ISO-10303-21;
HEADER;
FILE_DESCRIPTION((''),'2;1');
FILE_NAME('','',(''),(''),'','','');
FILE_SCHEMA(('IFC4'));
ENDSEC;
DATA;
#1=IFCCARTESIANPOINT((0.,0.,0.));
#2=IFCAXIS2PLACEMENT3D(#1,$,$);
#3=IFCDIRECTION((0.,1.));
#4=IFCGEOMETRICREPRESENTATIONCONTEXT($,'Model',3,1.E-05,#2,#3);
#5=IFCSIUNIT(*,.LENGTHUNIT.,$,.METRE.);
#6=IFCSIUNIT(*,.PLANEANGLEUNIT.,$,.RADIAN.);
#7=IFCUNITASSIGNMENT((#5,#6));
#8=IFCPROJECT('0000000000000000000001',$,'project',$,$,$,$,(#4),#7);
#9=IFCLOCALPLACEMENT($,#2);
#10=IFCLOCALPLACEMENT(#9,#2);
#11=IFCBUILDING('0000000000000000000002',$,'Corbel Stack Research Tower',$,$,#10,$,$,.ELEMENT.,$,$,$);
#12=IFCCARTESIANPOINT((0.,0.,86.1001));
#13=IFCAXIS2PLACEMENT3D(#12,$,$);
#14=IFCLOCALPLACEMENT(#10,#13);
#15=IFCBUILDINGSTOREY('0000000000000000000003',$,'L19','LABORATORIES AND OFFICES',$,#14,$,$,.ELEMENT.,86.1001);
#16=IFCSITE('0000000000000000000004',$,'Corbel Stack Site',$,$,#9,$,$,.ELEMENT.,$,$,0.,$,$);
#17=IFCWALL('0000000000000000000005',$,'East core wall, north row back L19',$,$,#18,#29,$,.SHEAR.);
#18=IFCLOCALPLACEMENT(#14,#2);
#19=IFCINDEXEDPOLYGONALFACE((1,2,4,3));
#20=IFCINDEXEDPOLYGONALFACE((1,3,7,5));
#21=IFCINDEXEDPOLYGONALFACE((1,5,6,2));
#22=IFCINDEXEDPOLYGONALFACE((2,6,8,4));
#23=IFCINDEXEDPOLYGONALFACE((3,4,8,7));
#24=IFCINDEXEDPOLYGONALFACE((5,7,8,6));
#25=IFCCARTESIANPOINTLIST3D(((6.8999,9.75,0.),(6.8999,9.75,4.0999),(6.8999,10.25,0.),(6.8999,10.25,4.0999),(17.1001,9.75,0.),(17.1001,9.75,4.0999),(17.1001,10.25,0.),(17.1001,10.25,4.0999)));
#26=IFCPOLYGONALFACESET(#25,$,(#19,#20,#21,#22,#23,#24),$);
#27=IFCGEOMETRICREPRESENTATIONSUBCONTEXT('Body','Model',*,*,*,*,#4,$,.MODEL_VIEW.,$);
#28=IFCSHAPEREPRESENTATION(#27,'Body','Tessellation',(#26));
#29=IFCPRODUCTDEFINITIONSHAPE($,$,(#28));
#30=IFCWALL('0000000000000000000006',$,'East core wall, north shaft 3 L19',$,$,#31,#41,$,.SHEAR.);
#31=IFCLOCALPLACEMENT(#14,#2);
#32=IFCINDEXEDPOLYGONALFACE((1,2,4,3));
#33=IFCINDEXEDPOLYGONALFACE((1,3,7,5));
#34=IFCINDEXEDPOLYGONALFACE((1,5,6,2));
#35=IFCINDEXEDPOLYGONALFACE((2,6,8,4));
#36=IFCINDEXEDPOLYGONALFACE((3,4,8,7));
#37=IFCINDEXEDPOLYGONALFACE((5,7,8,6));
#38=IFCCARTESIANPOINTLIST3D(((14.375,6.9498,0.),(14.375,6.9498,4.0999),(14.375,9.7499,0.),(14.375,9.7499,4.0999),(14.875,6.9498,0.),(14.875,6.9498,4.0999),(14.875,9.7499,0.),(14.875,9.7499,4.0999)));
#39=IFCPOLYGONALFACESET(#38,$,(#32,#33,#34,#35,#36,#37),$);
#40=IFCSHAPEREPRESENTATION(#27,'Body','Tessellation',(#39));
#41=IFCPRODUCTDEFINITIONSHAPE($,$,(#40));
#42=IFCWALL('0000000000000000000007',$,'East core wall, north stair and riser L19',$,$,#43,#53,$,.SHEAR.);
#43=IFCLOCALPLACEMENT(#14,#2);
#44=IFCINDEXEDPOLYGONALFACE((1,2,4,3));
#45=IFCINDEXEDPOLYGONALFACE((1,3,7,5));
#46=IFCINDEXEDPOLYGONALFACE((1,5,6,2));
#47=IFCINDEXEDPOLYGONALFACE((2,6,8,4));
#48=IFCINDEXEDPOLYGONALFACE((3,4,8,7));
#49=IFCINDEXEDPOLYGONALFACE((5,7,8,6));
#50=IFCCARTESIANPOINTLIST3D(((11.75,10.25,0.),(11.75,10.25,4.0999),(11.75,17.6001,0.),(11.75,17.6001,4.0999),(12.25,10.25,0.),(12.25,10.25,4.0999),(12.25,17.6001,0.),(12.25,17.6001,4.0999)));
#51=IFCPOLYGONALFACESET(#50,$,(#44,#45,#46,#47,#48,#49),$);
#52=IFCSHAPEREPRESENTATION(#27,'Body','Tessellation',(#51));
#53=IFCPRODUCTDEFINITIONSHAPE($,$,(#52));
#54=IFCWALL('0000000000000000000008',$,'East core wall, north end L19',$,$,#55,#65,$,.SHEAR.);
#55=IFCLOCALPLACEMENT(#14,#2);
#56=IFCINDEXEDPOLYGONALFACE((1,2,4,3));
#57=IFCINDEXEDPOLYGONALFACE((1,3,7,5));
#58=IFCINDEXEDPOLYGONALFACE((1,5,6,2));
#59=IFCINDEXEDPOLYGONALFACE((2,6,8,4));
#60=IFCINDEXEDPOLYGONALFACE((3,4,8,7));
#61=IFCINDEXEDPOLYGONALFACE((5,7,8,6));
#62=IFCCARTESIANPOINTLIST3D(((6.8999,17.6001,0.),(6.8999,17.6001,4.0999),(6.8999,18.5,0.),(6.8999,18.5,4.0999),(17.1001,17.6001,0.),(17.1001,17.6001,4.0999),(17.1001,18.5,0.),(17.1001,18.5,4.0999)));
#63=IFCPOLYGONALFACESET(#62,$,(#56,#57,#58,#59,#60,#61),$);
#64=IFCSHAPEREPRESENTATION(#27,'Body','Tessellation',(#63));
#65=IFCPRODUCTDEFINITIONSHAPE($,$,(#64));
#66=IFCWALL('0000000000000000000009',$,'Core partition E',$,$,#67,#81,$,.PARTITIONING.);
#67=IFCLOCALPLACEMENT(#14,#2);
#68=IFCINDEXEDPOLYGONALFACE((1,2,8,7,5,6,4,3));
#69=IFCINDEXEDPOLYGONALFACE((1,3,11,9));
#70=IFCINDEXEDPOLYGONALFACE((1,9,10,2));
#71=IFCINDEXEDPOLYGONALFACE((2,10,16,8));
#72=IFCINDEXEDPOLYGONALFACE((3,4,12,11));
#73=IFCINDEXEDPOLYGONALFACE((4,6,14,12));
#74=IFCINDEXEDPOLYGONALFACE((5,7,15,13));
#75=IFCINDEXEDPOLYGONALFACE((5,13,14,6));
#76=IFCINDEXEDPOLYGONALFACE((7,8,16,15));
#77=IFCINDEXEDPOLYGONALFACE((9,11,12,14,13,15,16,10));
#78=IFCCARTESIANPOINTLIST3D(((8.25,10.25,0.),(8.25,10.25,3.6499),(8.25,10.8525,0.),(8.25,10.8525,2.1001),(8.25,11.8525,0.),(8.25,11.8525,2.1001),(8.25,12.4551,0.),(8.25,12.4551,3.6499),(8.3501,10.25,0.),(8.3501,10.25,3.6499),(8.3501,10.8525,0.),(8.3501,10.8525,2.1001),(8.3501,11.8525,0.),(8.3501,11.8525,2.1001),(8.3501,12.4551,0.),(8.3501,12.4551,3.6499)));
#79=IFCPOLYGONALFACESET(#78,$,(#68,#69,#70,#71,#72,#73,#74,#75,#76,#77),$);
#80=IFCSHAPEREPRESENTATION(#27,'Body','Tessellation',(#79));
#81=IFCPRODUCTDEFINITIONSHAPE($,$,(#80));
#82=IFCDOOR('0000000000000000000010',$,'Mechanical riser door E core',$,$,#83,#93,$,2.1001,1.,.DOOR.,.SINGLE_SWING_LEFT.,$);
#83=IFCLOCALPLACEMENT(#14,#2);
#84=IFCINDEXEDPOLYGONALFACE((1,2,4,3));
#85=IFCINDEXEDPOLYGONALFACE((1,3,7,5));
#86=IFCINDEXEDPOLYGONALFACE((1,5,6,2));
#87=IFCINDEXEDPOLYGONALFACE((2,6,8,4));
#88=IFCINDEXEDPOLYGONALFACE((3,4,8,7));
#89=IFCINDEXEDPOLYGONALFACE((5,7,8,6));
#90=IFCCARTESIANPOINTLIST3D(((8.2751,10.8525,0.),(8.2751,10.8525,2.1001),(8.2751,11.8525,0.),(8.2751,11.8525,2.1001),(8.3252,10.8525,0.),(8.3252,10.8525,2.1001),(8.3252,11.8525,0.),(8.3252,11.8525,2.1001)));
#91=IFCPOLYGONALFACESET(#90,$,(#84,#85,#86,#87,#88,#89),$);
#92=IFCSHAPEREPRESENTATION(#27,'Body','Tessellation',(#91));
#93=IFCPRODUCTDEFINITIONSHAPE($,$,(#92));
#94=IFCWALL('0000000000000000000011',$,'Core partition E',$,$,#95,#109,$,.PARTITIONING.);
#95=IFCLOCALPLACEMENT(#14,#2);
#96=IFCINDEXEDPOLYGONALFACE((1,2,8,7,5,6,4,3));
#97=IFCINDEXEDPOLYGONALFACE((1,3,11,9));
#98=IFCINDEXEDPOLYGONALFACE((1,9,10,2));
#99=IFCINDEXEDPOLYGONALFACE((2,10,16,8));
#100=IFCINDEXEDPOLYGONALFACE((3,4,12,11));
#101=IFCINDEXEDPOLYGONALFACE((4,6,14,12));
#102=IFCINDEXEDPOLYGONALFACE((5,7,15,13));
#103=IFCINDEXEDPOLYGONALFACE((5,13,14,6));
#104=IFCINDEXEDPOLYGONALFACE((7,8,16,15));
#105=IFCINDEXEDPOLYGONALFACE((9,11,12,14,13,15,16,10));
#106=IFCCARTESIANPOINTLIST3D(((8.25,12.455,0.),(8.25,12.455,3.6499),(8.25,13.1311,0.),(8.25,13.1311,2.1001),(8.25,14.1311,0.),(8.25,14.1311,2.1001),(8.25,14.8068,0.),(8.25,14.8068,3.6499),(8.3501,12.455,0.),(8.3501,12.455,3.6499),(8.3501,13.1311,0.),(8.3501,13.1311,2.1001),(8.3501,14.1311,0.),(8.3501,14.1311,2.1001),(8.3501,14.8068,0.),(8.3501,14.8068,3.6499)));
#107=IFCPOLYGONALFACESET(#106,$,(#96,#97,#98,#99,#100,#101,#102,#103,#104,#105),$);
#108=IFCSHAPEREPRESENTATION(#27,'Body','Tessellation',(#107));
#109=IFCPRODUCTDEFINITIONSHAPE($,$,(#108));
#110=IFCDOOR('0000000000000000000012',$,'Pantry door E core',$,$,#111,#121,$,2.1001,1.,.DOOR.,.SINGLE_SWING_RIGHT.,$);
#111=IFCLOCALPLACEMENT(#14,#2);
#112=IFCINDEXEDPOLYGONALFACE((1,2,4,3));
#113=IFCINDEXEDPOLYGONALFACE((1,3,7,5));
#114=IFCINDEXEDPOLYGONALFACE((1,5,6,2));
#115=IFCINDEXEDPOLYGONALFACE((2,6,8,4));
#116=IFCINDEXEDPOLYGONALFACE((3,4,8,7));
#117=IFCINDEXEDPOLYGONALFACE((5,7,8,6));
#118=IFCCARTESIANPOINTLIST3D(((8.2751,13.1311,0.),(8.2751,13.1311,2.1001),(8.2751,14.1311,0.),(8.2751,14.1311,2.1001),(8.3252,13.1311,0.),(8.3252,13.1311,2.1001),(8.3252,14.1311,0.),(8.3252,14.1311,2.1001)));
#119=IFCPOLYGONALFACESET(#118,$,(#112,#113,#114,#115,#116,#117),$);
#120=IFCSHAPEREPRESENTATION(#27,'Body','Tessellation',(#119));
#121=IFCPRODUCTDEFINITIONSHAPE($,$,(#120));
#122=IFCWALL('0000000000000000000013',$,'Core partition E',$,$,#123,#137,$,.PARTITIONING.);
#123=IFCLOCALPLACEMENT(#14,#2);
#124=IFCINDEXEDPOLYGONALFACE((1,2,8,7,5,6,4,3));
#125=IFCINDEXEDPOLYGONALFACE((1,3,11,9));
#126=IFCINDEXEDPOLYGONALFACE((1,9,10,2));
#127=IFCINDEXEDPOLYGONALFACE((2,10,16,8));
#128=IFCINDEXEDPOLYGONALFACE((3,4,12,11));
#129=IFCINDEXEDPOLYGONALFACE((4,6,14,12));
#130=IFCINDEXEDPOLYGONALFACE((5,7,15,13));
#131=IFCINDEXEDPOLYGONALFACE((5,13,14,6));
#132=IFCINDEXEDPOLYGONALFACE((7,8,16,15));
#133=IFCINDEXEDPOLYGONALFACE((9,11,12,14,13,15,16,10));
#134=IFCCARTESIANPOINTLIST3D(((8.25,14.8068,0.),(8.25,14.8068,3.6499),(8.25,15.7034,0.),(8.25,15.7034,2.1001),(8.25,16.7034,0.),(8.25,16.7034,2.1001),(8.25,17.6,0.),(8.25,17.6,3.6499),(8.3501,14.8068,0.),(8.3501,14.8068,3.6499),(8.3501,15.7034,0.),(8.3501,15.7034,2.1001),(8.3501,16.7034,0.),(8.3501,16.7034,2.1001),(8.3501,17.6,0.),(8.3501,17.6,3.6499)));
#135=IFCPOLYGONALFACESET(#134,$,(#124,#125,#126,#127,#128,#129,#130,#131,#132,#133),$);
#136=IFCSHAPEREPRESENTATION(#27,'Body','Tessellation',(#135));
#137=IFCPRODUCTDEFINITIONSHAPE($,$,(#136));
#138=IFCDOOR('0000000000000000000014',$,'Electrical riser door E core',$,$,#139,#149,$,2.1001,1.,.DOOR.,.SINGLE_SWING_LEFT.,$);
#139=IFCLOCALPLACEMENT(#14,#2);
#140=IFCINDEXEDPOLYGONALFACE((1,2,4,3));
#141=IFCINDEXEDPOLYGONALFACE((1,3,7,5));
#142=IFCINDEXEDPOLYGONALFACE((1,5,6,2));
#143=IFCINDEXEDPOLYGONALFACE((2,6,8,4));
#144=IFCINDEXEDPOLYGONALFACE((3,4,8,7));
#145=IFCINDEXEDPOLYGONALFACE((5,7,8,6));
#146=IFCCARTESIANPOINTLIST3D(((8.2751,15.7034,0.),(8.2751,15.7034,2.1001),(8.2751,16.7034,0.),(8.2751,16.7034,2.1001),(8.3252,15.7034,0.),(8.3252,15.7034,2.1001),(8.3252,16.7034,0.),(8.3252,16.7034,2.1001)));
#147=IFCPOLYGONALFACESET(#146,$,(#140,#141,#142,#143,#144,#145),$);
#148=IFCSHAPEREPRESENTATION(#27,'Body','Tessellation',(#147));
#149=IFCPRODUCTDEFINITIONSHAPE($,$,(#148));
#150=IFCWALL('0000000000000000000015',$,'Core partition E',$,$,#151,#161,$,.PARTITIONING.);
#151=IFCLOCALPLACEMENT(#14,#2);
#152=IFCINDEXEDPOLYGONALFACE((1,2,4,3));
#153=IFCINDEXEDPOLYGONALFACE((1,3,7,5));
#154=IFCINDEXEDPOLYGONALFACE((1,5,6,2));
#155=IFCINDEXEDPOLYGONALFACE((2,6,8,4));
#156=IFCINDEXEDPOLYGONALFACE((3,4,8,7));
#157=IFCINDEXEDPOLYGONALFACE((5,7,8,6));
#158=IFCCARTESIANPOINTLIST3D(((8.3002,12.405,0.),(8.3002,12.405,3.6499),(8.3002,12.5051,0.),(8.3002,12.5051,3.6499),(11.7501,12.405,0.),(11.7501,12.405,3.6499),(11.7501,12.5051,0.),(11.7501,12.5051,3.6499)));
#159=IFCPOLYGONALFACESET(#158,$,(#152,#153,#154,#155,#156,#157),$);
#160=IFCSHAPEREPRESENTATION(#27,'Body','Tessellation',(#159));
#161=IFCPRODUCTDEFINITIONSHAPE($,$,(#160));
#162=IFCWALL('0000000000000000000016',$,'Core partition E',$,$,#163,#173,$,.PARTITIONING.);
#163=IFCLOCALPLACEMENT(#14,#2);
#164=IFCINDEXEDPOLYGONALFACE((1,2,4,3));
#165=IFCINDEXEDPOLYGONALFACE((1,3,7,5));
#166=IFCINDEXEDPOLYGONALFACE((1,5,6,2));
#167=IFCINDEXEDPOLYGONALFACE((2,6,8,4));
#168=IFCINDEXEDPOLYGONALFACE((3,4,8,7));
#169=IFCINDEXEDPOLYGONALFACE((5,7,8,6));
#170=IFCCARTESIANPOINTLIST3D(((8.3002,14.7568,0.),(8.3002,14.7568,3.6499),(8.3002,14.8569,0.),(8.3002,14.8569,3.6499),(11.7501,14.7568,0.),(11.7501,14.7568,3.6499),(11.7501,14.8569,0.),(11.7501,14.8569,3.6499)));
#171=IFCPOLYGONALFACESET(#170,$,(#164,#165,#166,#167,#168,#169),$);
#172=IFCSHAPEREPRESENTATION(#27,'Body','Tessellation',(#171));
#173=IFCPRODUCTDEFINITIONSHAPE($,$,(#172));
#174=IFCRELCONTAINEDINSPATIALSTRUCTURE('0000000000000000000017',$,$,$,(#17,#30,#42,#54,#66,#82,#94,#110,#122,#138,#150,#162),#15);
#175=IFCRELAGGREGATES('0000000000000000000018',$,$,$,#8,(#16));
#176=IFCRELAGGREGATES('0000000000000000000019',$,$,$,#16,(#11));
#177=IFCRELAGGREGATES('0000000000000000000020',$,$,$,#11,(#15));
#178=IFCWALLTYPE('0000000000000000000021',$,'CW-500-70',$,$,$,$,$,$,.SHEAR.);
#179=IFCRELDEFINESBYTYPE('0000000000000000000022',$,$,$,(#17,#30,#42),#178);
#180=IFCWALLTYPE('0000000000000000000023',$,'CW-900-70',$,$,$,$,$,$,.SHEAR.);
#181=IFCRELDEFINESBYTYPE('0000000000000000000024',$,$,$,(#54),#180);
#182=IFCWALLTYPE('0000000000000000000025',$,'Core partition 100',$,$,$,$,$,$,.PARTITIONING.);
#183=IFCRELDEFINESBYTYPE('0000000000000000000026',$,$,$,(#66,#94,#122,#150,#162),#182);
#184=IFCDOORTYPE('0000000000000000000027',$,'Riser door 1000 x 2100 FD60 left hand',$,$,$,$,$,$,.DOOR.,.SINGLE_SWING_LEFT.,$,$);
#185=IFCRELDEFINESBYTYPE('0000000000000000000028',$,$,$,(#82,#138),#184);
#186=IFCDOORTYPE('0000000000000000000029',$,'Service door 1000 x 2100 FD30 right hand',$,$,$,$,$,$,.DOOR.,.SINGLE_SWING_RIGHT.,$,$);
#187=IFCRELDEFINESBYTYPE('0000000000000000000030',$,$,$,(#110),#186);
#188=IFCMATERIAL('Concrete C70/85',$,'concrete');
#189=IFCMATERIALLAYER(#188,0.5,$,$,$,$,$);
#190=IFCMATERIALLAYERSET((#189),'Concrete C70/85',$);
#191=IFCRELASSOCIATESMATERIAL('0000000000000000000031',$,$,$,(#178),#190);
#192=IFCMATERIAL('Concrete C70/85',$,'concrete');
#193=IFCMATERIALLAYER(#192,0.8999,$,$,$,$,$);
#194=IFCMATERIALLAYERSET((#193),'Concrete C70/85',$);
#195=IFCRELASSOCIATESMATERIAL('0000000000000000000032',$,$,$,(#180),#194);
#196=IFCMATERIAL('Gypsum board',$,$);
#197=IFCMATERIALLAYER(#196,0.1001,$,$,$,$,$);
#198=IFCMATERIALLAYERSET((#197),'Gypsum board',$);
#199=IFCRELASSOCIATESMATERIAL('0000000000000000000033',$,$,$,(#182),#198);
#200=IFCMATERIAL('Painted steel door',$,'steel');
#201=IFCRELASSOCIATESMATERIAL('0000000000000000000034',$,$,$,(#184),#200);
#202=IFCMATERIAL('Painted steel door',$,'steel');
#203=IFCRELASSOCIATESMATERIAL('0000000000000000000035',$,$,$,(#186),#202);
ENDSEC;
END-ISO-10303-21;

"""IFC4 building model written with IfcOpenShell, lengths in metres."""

from ifc_helpers import new_model, si_unit, direction, frame, frame_2d, origin, place, context, subcontext, project, spatial, rectangle, extrude, material, layer, layer_set, type_object, element, fill, save


model = new_model("IFC4")

# Units and contexts
model_context = context("Model", 3, precision=1e-05, world=origin(), true_north=direction((0.0, 1.0)))
body_context = subcontext(model_context, "Body", "Model", "MODEL_VIEW")
ifc_project = project(units=[si_unit("LENGTHUNIT", "METRE"), si_unit("PLANEANGLEUNIT", "RADIAN")], contexts=[model_context])

# Site, building, storey
site_placement = place(None, origin())
site = spatial("IfcSite", under=ifc_project, at=site_placement, Name="Corbel Stack Site", CompositionType="ELEMENT", RefElevation=0.0)
building_placement = place(site_placement, origin())
building = spatial("IfcBuilding", under=site, at=building_placement, Name="Corbel Stack Research Tower", CompositionType="ELEMENT")
storey_placement = place(building_placement, frame((0.0, 0.0, 86.1001)))
storey = spatial("IfcBuildingStorey", under=building, at=storey_placement, Name="L19", Description="LABORATORIES AND OFFICES", CompositionType="ELEMENT", Elevation=86.1001)

# Walls
ifc_material_1 = material(Name="Concrete C70/85", Category="concrete")
ifc_layer_1 = layer(ifc_material_1, 0.5)
ifc_layer_set_1 = layer_set([ifc_layer_1], Name="Concrete C70/85")
wall_type_1 = type_object("IfcWallType", Name="CW-500-70", PredefinedType="SHEAR", material=ifc_layer_set_1)
wall_1_placement = place(storey_placement, frame((6.8999, 10.0, 0.0), z_axis=(0.0, 0.0, 1.0), x_axis=(1.0, 0.0, 0.0)))
element("IfcWall", 1, at=wall_1_placement, inside=storey, type_object=wall_type_1, Name="East core wall, north row back L19", PredefinedType="SHEAR", context=body_context, shape_type="SweptSolid", body=[
    extrude(rectangle(XDim=10.2002, YDim=0.5, at=frame_2d((5.1001, 0.0))), origin(), (0.0, 0.0, 1.0), 4.0999),
])
wall_2_placement = place(storey_placement, frame((14.625, 6.95, 0.0), z_axis=(0.0, 0.0, 1.0), x_axis=(0.0, 1.0, 0.0)))
element("IfcWall", 2, at=wall_2_placement, inside=storey, type_object=wall_type_1, Name="East core wall, north shaft 3 L19", PredefinedType="SHEAR", context=body_context, shape_type="SweptSolid", body=[
    extrude(rectangle(XDim=2.8, YDim=0.5, at=frame_2d((1.3999, 0.0))), origin(), (0.0, 0.0, 1.0), 4.0999),
])
wall_3_placement = place(storey_placement, frame((12.0, 10.25, 0.0), z_axis=(0.0, 0.0, 1.0), x_axis=(0.0, 1.0, 0.0)))
element("IfcWall", 3, at=wall_3_placement, inside=storey, type_object=wall_type_1, Name="East core wall, north stair and riser L19", PredefinedType="SHEAR", context=body_context, shape_type="SweptSolid", body=[
    extrude(rectangle(XDim=7.3501, YDim=0.5, at=frame_2d((3.675, 0.0))), origin(), (0.0, 0.0, 1.0), 4.0999),
])
ifc_material_2 = material(Name="Concrete C70/85", Category="concrete")
ifc_layer_2 = layer(ifc_material_2, 0.8999)
ifc_layer_set_2 = layer_set([ifc_layer_2], Name="Concrete C70/85")
wall_type_2 = type_object("IfcWallType", Name="CW-900-70", PredefinedType="SHEAR", material=ifc_layer_set_2)
wall_4_placement = place(storey_placement, frame((6.8999, 18.05, 0.0), z_axis=(0.0, 0.0, 1.0), x_axis=(1.0, 0.0, 0.0)))
element("IfcWall", 4, at=wall_4_placement, inside=storey, type_object=wall_type_2, Name="East core wall, north end L19", PredefinedType="SHEAR", context=body_context, shape_type="SweptSolid", body=[
    extrude(rectangle(XDim=10.2002, YDim=0.8999, at=frame_2d((5.1001, 0.0))), origin(), (0.0, 0.0, 1.0), 4.0999),
])

# Walls, openings, doors
ifc_material_3 = material(Name="Gypsum board")
ifc_layer_3 = layer(ifc_material_3, 0.1001)
ifc_layer_set_3 = layer_set([ifc_layer_3], Name="Gypsum board")
wall_type_3 = type_object("IfcWallType", Name="Core partition 100", PredefinedType="PARTITIONING", material=ifc_layer_set_3)
wall_5_placement = place(storey_placement, frame((8.3, 10.25, 0.0), z_axis=(0.0, 0.0, 1.0), x_axis=(0.0, 1.0, 0.0)))
wall_5 = element("IfcWall", 5, at=wall_5_placement, inside=storey, type_object=wall_type_3, Name="Core partition E", PredefinedType="PARTITIONING", context=body_context, shape_type="SweptSolid", body=[
    extrude(rectangle(XDim=2.2051, YDim=0.1001, at=frame_2d((1.1025, 0.0))), origin(), (0.0, 0.0, 1.0), 3.6499),
])
opening_1_placement = place(wall_5_placement, frame((0.6025, 0.0, 0.0)))
opening_1 = element("IfcOpeningElement", 6, at=opening_1_placement, cuts=wall_5, PredefinedType="OPENING", context=body_context, shape_type="SweptSolid", body=[
    extrude(rectangle(XDim=1.0, YDim=2.1001, at=frame_2d((0.5, 1.05))), frame((0.0, 0.0601, 0.0), z_axis=(0.0, -1.0, 0.0), x_axis=(1.0, 0.0, 0.0)), (0.0, 0.0, 1.0), 0.1201),
])
ifc_material_4 = material(Name="Painted steel door", Category="steel")
door_type_1 = type_object("IfcDoorType", Name="Riser door 1000 x 2100 FD60 left hand", OperationType="SINGLE_SWING_LEFT", PredefinedType="DOOR", material=ifc_material_4)
door_1_placement = place(opening_1_placement, origin())
door_1 = element("IfcDoor", 7, at=door_1_placement, inside=storey, type_object=door_type_1, Name="Mechanical riser door E core", OperationType="SINGLE_SWING_LEFT", OverallHeight=2.1001, OverallWidth=1.0, PredefinedType="DOOR", context=body_context, shape_type="SweptSolid", body=[
    extrude(rectangle(XDim=1.0, YDim=2.1001, at=frame_2d((0.5, 1.05))), frame((0.0, 0.0249, 0.0), z_axis=(0.0, -1.0, 0.0), x_axis=(1.0, 0.0, 0.0)), (0.0, 0.0, 1.0), 0.05),
])
fill(opening_1, door_1)
wall_6_placement = place(storey_placement, frame((8.3, 12.4551, 0.0), z_axis=(0.0, 0.0, 1.0), x_axis=(0.0, 1.0, 0.0)))
wall_6 = element("IfcWall", 8, at=wall_6_placement, inside=storey, type_object=wall_type_3, Name="Core partition E", PredefinedType="PARTITIONING", context=body_context, shape_type="SweptSolid", body=[
    extrude(rectangle(XDim=2.3518, YDim=0.1001, at=frame_2d((1.1758, 0.0))), origin(), (0.0, 0.0, 1.0), 3.6499),
])
opening_2_placement = place(wall_6_placement, frame((0.676, 0.0, 0.0)))
opening_2 = element("IfcOpeningElement", 9, at=opening_2_placement, cuts=wall_6, PredefinedType="OPENING", context=body_context, shape_type="SweptSolid", body=[
    extrude(rectangle(XDim=1.0, YDim=2.1001, at=frame_2d((0.5, 1.05))), frame((0.0, 0.0601, 0.0), z_axis=(0.0, -1.0, 0.0), x_axis=(1.0, 0.0, 0.0)), (0.0, 0.0, 1.0), 0.1201),
])
ifc_material_5 = material(Name="Painted steel door", Category="steel")
door_type_2 = type_object("IfcDoorType", Name="Service door 1000 x 2100 FD30 right hand", OperationType="SINGLE_SWING_RIGHT", PredefinedType="DOOR", material=ifc_material_5)
door_2_placement = place(opening_2_placement, origin())
door_2 = element("IfcDoor", 10, at=door_2_placement, inside=storey, type_object=door_type_2, Name="Pantry door E core", OperationType="SINGLE_SWING_RIGHT", OverallHeight=2.1001, OverallWidth=1.0, PredefinedType="DOOR", context=body_context, shape_type="SweptSolid", body=[
    extrude(rectangle(XDim=1.0, YDim=2.1001, at=frame_2d((0.5, 1.05))), frame((0.0, 0.0249, 0.0), z_axis=(0.0, -1.0, 0.0), x_axis=(1.0, 0.0, 0.0)), (0.0, 0.0, 1.0), 0.05),
])
fill(opening_2, door_2)
wall_7_placement = place(storey_placement, frame((8.3, 14.8069, 0.0), z_axis=(0.0, 0.0, 1.0), x_axis=(0.0, 1.0, 0.0)))
wall_7 = element("IfcWall", 11, at=wall_7_placement, inside=storey, type_object=wall_type_3, Name="Core partition E", PredefinedType="PARTITIONING", context=body_context, shape_type="SweptSolid", body=[
    extrude(rectangle(XDim=2.7932, YDim=0.1001, at=frame_2d((1.3965, 0.0))), origin(), (0.0, 0.0, 1.0), 3.6499),
])
opening_3_placement = place(wall_7_placement, frame((0.8965, 0.0, 0.0)))
opening_3 = element("IfcOpeningElement", 12, at=opening_3_placement, cuts=wall_7, PredefinedType="OPENING", context=body_context, shape_type="SweptSolid", body=[
    extrude(rectangle(XDim=1.0, YDim=2.1001, at=frame_2d((0.5, 1.05))), frame((0.0, 0.0601, 0.0), z_axis=(0.0, -1.0, 0.0), x_axis=(1.0, 0.0, 0.0)), (0.0, 0.0, 1.0), 0.1201),
])
door_3_placement = place(opening_3_placement, origin())
door_3 = element("IfcDoor", 13, at=door_3_placement, inside=storey, type_object=door_type_1, Name="Electrical riser door E core", OperationType="SINGLE_SWING_LEFT", OverallHeight=2.1001, OverallWidth=1.0, PredefinedType="DOOR", context=body_context, shape_type="SweptSolid", body=[
    extrude(rectangle(XDim=1.0, YDim=2.1001, at=frame_2d((0.5, 1.05))), frame((0.0, 0.0249, 0.0), z_axis=(0.0, -1.0, 0.0), x_axis=(1.0, 0.0, 0.0)), (0.0, 0.0, 1.0), 0.05),
])
fill(opening_3, door_3)

# Walls
for number, where, z_axis, x_axis, name in (
    (14, (8.3, 12.4551, 0.0), (0.0, 0.0, 1.0), (1.0, 0.0, 0.0), "Core partition E"),
    (15, (8.3, 14.8069, 0.0), (0.0, 0.0, 1.0), (1.0, 0.0, 0.0), "Core partition E"),
):
    element("IfcWall", number, at=place(storey_placement, frame(where, z_axis=z_axis, x_axis=x_axis)), inside=storey, type_object=wall_type_3, Name=name, PredefinedType="PARTITIONING", context=body_context, shape_type="SweptSolid", body=[
        extrude(rectangle(XDim=3.45, YDim=0.1001, at=frame_2d((1.7251, 0.0))), origin(), (0.0, 0.0, 1.0), 3.6499),
    ])

save(model, "model.ifc")
